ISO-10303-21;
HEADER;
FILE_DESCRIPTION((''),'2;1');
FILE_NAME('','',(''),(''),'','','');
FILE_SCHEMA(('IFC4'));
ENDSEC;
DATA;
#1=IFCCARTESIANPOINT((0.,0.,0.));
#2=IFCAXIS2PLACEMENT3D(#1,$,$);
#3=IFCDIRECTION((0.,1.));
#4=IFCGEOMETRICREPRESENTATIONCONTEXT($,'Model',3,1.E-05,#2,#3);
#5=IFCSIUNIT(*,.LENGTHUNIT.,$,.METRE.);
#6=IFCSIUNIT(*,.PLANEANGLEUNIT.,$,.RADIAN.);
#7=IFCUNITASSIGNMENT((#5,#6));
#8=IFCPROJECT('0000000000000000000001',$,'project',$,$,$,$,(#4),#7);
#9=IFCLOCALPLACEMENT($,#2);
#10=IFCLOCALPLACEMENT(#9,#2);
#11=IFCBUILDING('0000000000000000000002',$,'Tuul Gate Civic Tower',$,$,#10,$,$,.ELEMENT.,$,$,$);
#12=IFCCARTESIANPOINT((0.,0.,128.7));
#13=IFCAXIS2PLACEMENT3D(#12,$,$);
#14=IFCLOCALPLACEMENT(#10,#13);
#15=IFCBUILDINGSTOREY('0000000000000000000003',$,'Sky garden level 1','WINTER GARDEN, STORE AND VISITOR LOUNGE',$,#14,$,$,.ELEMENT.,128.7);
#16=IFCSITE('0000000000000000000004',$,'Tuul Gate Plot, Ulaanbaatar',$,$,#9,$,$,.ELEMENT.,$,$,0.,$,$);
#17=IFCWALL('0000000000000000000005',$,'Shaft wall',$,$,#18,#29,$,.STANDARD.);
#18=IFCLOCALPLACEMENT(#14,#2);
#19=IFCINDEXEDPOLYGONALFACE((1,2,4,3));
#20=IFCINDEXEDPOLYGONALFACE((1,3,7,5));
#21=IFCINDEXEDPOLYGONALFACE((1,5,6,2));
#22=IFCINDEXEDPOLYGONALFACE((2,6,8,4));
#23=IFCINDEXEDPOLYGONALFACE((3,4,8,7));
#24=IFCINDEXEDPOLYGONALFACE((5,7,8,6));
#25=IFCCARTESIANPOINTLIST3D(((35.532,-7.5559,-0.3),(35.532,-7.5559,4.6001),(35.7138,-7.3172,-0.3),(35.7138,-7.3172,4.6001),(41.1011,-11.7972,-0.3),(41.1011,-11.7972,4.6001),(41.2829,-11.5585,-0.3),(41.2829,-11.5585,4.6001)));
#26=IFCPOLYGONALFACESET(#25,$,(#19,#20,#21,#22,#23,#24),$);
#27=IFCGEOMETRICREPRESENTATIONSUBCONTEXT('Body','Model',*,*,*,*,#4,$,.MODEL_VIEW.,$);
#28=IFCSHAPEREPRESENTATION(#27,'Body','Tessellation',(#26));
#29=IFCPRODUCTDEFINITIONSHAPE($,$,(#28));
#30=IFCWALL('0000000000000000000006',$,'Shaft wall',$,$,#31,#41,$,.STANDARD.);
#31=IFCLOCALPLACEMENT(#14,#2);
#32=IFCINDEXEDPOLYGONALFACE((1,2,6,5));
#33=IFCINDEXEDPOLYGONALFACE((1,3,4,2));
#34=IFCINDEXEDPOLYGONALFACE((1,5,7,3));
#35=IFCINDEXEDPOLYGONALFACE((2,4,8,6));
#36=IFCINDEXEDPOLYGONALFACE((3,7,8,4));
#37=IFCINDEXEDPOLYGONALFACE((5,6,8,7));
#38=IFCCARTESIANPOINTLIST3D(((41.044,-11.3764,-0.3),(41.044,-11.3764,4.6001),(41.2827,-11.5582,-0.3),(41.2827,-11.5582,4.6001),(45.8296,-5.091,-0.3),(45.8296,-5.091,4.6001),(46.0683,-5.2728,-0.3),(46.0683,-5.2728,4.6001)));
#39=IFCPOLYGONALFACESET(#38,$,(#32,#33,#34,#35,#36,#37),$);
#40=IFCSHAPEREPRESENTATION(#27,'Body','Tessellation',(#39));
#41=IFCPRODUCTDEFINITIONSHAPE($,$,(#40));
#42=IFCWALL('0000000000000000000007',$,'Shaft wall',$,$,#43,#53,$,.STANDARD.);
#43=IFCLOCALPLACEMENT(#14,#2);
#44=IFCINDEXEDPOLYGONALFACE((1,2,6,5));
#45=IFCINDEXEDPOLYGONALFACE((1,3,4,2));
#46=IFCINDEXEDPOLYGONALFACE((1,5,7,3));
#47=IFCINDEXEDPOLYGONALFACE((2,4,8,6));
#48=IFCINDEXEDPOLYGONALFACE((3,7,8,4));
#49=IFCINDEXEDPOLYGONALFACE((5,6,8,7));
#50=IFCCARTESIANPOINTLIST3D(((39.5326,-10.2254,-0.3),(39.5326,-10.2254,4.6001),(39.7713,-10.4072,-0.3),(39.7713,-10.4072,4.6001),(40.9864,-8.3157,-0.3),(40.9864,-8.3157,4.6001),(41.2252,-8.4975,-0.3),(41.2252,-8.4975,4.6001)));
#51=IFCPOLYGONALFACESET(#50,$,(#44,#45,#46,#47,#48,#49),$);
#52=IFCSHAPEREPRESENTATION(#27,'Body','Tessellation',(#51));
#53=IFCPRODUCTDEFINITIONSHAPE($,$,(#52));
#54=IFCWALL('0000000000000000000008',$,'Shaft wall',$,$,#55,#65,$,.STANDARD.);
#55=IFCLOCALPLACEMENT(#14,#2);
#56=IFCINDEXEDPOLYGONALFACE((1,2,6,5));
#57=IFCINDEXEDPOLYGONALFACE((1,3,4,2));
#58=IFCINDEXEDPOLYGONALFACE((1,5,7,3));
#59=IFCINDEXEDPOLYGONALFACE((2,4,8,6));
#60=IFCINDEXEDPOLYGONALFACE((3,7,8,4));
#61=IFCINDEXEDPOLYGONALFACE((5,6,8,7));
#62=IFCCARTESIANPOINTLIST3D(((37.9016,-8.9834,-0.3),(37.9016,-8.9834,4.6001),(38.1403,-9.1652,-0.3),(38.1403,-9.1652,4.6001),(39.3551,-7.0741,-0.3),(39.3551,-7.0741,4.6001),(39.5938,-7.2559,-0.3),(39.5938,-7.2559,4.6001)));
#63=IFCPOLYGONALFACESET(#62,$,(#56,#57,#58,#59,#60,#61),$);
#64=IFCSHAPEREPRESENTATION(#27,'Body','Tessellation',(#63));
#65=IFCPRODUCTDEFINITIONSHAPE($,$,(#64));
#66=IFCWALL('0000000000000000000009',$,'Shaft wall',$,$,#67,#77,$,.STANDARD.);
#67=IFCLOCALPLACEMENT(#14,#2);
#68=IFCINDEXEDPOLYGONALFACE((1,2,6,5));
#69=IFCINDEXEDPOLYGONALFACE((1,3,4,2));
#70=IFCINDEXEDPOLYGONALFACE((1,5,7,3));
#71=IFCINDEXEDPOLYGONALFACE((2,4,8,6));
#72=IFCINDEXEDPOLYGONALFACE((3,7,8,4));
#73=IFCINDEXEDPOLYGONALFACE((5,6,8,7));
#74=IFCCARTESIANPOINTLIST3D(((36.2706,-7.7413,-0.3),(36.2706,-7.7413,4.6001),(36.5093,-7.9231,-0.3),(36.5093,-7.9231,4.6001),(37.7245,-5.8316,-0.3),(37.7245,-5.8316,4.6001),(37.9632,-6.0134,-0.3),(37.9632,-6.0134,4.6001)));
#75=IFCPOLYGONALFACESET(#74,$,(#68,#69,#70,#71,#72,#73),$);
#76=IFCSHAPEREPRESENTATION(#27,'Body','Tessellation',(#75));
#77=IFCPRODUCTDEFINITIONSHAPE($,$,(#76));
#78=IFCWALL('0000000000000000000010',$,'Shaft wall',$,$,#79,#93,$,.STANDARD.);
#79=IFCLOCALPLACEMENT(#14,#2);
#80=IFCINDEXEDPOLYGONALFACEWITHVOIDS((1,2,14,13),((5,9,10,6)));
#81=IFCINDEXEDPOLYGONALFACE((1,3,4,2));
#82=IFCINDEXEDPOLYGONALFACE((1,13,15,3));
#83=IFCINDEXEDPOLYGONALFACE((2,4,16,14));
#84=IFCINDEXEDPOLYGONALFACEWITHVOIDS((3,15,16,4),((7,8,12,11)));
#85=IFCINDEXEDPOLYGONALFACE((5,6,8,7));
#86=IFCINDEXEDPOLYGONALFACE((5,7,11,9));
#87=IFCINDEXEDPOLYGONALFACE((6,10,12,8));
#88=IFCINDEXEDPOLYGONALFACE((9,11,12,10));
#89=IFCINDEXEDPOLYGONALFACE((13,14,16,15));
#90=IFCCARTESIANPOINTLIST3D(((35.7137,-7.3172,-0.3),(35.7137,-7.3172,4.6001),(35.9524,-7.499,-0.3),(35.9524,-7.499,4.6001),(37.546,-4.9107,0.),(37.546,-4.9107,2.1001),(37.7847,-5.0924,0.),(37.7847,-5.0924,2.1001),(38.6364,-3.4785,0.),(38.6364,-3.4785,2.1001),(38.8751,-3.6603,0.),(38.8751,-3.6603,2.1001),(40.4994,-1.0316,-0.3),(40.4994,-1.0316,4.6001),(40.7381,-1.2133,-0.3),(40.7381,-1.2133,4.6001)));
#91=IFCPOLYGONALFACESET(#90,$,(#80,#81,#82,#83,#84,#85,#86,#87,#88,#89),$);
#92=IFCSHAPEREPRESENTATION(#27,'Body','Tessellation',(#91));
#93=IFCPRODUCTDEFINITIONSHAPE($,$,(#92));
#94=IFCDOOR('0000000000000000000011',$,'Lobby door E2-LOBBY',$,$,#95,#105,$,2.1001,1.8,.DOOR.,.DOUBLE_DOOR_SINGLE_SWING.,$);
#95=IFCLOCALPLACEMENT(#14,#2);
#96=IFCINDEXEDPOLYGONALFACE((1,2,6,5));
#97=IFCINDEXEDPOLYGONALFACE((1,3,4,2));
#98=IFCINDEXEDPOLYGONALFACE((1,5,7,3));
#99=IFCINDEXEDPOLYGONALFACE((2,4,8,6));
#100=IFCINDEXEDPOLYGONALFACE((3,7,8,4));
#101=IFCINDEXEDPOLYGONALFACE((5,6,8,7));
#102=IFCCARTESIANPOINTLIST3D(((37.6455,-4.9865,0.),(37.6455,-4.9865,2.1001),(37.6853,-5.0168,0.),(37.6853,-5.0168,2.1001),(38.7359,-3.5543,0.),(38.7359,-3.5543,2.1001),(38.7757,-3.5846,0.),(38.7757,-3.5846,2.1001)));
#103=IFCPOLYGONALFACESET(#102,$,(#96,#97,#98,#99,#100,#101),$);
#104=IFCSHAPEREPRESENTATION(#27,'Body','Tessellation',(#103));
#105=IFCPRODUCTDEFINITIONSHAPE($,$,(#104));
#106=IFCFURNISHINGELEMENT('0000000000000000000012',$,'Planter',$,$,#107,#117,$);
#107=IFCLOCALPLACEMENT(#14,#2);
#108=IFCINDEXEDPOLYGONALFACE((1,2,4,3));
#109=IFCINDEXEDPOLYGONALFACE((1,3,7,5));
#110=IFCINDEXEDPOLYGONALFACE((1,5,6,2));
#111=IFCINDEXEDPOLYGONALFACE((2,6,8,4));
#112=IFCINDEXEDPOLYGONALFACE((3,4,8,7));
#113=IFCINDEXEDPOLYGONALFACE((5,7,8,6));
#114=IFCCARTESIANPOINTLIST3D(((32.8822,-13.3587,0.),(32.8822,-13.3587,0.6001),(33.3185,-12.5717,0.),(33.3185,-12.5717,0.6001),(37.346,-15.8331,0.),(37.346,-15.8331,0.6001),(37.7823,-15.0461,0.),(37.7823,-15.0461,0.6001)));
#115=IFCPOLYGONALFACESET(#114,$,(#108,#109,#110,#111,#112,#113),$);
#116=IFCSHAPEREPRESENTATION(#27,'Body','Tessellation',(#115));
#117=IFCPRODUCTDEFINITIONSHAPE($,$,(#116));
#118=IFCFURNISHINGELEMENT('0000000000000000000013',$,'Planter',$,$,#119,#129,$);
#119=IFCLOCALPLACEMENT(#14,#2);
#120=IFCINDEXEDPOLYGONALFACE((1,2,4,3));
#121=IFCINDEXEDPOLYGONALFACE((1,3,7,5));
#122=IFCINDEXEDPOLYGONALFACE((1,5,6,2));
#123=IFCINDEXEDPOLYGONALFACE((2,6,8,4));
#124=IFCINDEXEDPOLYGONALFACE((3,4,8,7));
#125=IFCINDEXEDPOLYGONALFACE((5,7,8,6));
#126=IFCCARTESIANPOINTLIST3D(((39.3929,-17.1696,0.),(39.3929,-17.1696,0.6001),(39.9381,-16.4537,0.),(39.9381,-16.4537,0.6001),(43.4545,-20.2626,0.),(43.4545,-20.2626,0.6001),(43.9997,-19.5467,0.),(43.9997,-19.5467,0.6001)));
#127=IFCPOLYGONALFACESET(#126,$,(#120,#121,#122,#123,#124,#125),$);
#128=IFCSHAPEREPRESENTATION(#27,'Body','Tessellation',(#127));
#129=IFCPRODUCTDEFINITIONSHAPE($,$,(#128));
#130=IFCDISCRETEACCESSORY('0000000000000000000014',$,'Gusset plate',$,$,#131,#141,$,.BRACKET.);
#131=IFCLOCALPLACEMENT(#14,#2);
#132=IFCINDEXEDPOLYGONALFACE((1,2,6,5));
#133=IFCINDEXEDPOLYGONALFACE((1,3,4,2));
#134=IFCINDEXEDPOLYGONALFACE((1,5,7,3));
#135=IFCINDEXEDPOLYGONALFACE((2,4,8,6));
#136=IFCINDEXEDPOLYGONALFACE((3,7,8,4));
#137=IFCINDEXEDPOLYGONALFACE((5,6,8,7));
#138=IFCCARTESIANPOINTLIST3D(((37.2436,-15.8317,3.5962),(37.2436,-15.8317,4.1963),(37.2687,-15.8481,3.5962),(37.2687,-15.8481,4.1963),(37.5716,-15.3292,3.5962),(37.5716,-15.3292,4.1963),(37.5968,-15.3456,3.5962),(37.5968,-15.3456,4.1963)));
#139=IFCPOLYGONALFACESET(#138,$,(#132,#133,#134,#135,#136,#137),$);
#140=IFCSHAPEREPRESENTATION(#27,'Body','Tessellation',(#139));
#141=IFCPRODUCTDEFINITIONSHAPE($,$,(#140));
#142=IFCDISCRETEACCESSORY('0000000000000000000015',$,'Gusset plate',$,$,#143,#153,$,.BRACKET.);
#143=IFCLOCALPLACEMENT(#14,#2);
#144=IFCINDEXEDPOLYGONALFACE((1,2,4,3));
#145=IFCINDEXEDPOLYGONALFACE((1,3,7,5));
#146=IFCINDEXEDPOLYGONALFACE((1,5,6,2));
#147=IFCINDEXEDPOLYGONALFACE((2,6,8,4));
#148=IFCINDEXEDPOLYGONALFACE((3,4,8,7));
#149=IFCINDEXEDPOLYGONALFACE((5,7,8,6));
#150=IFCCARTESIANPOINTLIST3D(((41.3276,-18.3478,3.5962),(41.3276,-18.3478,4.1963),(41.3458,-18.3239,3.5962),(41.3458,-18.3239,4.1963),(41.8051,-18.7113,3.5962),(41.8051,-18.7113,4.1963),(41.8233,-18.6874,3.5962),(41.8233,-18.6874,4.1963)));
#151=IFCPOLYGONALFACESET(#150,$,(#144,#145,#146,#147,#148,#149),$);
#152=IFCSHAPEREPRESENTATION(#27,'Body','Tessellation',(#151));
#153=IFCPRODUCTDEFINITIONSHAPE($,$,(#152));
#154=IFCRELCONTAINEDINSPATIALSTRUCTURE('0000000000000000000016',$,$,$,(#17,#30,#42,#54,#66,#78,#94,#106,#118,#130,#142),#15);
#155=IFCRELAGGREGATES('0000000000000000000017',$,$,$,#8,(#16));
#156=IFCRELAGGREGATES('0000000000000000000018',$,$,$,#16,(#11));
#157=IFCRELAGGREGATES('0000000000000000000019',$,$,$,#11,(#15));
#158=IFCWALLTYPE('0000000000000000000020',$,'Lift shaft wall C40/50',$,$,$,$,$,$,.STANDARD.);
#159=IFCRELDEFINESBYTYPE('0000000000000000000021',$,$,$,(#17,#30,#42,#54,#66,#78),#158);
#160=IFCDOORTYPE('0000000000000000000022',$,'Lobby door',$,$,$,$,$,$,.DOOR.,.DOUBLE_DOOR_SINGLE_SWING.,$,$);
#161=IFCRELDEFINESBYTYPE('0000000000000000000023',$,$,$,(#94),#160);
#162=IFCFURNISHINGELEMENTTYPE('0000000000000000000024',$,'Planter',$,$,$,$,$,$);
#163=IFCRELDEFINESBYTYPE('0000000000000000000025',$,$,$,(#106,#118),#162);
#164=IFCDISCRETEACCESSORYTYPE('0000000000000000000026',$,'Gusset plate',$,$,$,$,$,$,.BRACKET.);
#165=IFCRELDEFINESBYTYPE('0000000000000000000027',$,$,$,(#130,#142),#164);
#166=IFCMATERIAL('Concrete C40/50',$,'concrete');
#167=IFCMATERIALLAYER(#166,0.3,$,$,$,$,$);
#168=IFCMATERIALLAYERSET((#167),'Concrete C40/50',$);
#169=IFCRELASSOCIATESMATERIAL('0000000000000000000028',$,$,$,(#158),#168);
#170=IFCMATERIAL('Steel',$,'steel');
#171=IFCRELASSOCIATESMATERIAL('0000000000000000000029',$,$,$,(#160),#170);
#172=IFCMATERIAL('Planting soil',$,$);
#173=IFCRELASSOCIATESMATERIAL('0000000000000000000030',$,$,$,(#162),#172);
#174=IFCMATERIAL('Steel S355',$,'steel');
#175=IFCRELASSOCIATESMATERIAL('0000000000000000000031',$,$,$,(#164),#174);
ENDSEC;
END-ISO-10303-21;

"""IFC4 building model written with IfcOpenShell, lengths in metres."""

from ifc_helpers import new_model, si_unit, direction, frame, frame_2d, origin, origin_2d, place, context, subcontext, project, spatial, rectangle, extrude, material, layer, layer_set, type_object, element, fill, save


model = new_model("IFC4")

# Units and contexts
model_context = context("Model", 3, precision=1e-05, world=origin(), true_north=direction((0.0, 1.0)))
body_context = subcontext(model_context, "Body", "Model", "MODEL_VIEW")
ifc_project = project(units=[si_unit("LENGTHUNIT", "METRE"), si_unit("PLANEANGLEUNIT", "RADIAN")], contexts=[model_context])

# Site, building, storey
site_placement = place(None, origin())
site = spatial("IfcSite", under=ifc_project, at=site_placement, Name="Tuul Gate Plot, Ulaanbaatar", CompositionType="ELEMENT", RefElevation=0.0)
building_placement = place(site_placement, origin())
building = spatial("IfcBuilding", under=site, at=building_placement, Name="Tuul Gate Civic Tower", CompositionType="ELEMENT")
storey_placement = place(building_placement, frame((0.0, 0.0, 128.7)))
storey = spatial("IfcBuildingStorey", under=building, at=storey_placement, Name="Sky garden level 1", Description="WINTER GARDEN, STORE AND VISITOR LOUNGE", CompositionType="ELEMENT", Elevation=128.7)

# Walls
ifc_material_1 = material(Name="Concrete C40/50", Category="concrete")
ifc_layer_1 = layer(ifc_material_1, 0.3)
ifc_layer_set_1 = layer_set([ifc_layer_1], Name="Concrete C40/50")
wall_type_1 = type_object("IfcWallType", Name="Lift shaft wall C40/50", PredefinedType="STANDARD", material=ifc_layer_set_1)
wall_1_placement = place(storey_placement, frame((41.1919, -11.6777, -0.3), z_axis=(0.0, 0.0, 1.0), x_axis=(-0.795563, 0.605871, 0.0)))
element("IfcWall", 1, at=wall_1_placement, inside=storey, type_object=wall_type_1, Name="Shaft wall", PredefinedType="STANDARD", context=body_context, shape_type="SweptSolid", body=[
    extrude(rectangle(XDim=7.0002, YDim=0.3, at=frame_2d((3.5, 0.0))), origin(), (0.0, 0.0, 1.0), 4.9001),
])
wall_2_placement = place(storey_placement, frame((41.1633, -11.4673, -0.3), z_axis=(0.0, 0.0, 1.0), x_axis=(0.605784, 0.795629, 0.0)))
element("IfcWall", 2, at=wall_2_placement, inside=storey, type_object=wall_type_1, Name="Shaft wall", PredefinedType="STANDARD", context=body_context, shape_type="SweptSolid", body=[
    extrude(rectangle(XDim=7.8999, YDim=0.3, at=frame_2d((3.95, 0.0))), origin(), (0.0, 0.0, 1.0), 4.9001),
])
wall_3_placement = place(storey_placement, frame((39.6519, -10.3164, -0.3), z_axis=(0.0, 0.0, 1.0), x_axis=(0.605746, 0.795658, 0.0)))
element("IfcWall", 3, at=wall_3_placement, inside=storey, type_object=wall_type_1, Name="Shaft wall", PredefinedType="STANDARD", context=body_context, shape_type="SweptSolid", body=[
    extrude(rectangle(XDim=2.4001, YDim=0.3, at=frame_2d((1.2002, 0.0))), origin(), (0.0, 0.0, 1.0), 4.9001),
])
wall_4_placement = place(storey_placement, frame((38.021, -9.0742, -0.3), z_axis=(0.0, 0.0, 1.0), x_axis=(0.605731, 0.79567, 0.0)))
element("IfcWall", 4, at=wall_4_placement, inside=storey, type_object=wall_type_1, Name="Shaft wall", PredefinedType="STANDARD", context=body_context, shape_type="SweptSolid", body=[
    extrude(rectangle(XDim=2.3997, YDim=0.3, at=frame_2d((1.1997, 0.0))), origin(), (0.0, 0.0, 1.0), 4.9001),
])
wall_5_placement = place(storey_placement, frame((36.3899, -7.8323, -0.3), z_axis=(0.0, 0.0, 1.0), x_axis=(0.605746, 0.795658, 0.0)))
element("IfcWall", 5, at=wall_5_placement, inside=storey, type_object=wall_type_1, Name="Shaft wall", PredefinedType="STANDARD", context=body_context, shape_type="SweptSolid", body=[
    extrude(rectangle(XDim=2.4001, YDim=0.3, at=frame_2d((1.2002, 0.0))), origin(), (0.0, 0.0, 1.0), 4.9001),
])

# Wall, opening, door
wall_6_placement = place(storey_placement, frame((35.833, -7.4082, -0.3), z_axis=(0.0, 0.0, 1.0), x_axis=(0.605769, 0.79564, 0.0)))
wall_6 = element("IfcWall", 6, at=wall_6_placement, inside=storey, type_object=wall_type_1, Name="Shaft wall", PredefinedType="STANDARD", context=body_context, shape_type="SweptSolid", body=[
    extrude(rectangle(XDim=7.9001, YDim=0.3, at=frame_2d((3.9502, 0.0))), origin(), (0.0, 0.0, 1.0), 4.9001),
])
opening_placement = place(wall_6_placement, frame((3.0249, 0.0, 0.3)))
opening = element("IfcOpeningElement", 7, at=opening_placement, cuts=wall_6, PredefinedType="OPENING", context=body_context, shape_type="SweptSolid", body=[
    extrude(rectangle(XDim=1.8, YDim=2.1001, at=frame_2d((0.8999, 1.05))), frame((0.0, 0.1602, 0.0), z_axis=(0.0, -1.0, 0.0), x_axis=(1.0, 0.0, 0.0)), (0.0, 0.0, 1.0), 0.3201),
])
ifc_material_2 = material(Name="Steel", Category="steel")
door_type = type_object("IfcDoorType", Name="Lobby door", OperationType="DOUBLE_DOOR_SINGLE_SWING", PredefinedType="DOOR", material=ifc_material_2)
door_placement = place(opening_placement, origin())
door = element("IfcDoor", 8, at=door_placement, inside=storey, type_object=door_type, Name="Lobby door E2-LOBBY", OperationType="DOUBLE_DOOR_SINGLE_SWING", OverallHeight=2.1001, OverallWidth=1.8, PredefinedType="DOOR", context=body_context, shape_type="SweptSolid", body=[
    extrude(rectangle(XDim=1.8, YDim=2.1001, at=frame_2d((0.8999, 1.05))), frame((0.0, 0.0249, 0.0), z_axis=(0.0, -1.0, 0.0), x_axis=(1.0, 0.0, 0.0)), (0.0, 0.0, 1.0), 0.05),
])
fill(opening, door)

# Furnishing elements
ifc_material_3 = material(Name="Planting soil")
furnishing_element_type = type_object("IfcFurnishingElementType", Name="Planter", material=ifc_material_3)
furnishing_1_placement = place(storey_placement, frame((35.3323, -14.2024, 0.0), z_axis=(0.0, 0.0, 1.0), x_axis=(0.874616, -0.484817, 0.0)))
element("IfcFurnishingElement", 9, at=furnishing_1_placement, inside=storey, type_object=furnishing_element_type, Name="Planter", context=body_context, shape_type="SweptSolid", body=[
    extrude(rectangle(XDim=5.1038, YDim=0.8999, at=origin_2d()), origin(), (0.0, 0.0, 1.0), 0.6001),
])
furnishing_2_placement = place(storey_placement, frame((41.6963, -18.3582, 0.0), z_axis=(0.0, 0.0, 1.0), x_axis=(0.795582, -0.605846, 0.0)))
element("IfcFurnishingElement", 10, at=furnishing_2_placement, inside=storey, type_object=furnishing_element_type, Name="Planter", context=body_context, shape_type="SweptSolid", body=[
    extrude(rectangle(XDim=5.1052, YDim=0.8999, at=origin_2d()), origin(), (0.0, 0.0, 1.0), 0.6001),
])

# Discrete accessories
ifc_material_4 = material(Name="Steel S355", Category="steel")
discrete_accessory_type = type_object("IfcDiscreteAccessoryType", Name="Gusset plate", PredefinedType="BRACKET", material=ifc_material_4)
for number, where, z_axis, x_axis, name in (
    (11, (37.4202, -15.5886, 3.5962), (0.0, 0.0, 1.0), (0.546711, 0.837322, 0.0), "Gusset plate"),
    (12, (41.5754, -18.5176, 3.5962), (0.0, 0.0, 1.0), (-0.795664, 0.605738, 0.0), "Gusset plate"),
):
    element("IfcDiscreteAccessory", number, at=place(storey_placement, frame(where, z_axis=z_axis, x_axis=x_axis)), inside=storey, type_object=discrete_accessory_type, Name=name, PredefinedType="BRACKET", context=body_context, shape_type="SweptSolid", body=[
        extrude(rectangle(XDim=0.6001, YDim=0.03, at=origin_2d()), origin(), (0.0, 0.0, 1.0), 0.6001),
    ])

save(model, "model.ifc")
